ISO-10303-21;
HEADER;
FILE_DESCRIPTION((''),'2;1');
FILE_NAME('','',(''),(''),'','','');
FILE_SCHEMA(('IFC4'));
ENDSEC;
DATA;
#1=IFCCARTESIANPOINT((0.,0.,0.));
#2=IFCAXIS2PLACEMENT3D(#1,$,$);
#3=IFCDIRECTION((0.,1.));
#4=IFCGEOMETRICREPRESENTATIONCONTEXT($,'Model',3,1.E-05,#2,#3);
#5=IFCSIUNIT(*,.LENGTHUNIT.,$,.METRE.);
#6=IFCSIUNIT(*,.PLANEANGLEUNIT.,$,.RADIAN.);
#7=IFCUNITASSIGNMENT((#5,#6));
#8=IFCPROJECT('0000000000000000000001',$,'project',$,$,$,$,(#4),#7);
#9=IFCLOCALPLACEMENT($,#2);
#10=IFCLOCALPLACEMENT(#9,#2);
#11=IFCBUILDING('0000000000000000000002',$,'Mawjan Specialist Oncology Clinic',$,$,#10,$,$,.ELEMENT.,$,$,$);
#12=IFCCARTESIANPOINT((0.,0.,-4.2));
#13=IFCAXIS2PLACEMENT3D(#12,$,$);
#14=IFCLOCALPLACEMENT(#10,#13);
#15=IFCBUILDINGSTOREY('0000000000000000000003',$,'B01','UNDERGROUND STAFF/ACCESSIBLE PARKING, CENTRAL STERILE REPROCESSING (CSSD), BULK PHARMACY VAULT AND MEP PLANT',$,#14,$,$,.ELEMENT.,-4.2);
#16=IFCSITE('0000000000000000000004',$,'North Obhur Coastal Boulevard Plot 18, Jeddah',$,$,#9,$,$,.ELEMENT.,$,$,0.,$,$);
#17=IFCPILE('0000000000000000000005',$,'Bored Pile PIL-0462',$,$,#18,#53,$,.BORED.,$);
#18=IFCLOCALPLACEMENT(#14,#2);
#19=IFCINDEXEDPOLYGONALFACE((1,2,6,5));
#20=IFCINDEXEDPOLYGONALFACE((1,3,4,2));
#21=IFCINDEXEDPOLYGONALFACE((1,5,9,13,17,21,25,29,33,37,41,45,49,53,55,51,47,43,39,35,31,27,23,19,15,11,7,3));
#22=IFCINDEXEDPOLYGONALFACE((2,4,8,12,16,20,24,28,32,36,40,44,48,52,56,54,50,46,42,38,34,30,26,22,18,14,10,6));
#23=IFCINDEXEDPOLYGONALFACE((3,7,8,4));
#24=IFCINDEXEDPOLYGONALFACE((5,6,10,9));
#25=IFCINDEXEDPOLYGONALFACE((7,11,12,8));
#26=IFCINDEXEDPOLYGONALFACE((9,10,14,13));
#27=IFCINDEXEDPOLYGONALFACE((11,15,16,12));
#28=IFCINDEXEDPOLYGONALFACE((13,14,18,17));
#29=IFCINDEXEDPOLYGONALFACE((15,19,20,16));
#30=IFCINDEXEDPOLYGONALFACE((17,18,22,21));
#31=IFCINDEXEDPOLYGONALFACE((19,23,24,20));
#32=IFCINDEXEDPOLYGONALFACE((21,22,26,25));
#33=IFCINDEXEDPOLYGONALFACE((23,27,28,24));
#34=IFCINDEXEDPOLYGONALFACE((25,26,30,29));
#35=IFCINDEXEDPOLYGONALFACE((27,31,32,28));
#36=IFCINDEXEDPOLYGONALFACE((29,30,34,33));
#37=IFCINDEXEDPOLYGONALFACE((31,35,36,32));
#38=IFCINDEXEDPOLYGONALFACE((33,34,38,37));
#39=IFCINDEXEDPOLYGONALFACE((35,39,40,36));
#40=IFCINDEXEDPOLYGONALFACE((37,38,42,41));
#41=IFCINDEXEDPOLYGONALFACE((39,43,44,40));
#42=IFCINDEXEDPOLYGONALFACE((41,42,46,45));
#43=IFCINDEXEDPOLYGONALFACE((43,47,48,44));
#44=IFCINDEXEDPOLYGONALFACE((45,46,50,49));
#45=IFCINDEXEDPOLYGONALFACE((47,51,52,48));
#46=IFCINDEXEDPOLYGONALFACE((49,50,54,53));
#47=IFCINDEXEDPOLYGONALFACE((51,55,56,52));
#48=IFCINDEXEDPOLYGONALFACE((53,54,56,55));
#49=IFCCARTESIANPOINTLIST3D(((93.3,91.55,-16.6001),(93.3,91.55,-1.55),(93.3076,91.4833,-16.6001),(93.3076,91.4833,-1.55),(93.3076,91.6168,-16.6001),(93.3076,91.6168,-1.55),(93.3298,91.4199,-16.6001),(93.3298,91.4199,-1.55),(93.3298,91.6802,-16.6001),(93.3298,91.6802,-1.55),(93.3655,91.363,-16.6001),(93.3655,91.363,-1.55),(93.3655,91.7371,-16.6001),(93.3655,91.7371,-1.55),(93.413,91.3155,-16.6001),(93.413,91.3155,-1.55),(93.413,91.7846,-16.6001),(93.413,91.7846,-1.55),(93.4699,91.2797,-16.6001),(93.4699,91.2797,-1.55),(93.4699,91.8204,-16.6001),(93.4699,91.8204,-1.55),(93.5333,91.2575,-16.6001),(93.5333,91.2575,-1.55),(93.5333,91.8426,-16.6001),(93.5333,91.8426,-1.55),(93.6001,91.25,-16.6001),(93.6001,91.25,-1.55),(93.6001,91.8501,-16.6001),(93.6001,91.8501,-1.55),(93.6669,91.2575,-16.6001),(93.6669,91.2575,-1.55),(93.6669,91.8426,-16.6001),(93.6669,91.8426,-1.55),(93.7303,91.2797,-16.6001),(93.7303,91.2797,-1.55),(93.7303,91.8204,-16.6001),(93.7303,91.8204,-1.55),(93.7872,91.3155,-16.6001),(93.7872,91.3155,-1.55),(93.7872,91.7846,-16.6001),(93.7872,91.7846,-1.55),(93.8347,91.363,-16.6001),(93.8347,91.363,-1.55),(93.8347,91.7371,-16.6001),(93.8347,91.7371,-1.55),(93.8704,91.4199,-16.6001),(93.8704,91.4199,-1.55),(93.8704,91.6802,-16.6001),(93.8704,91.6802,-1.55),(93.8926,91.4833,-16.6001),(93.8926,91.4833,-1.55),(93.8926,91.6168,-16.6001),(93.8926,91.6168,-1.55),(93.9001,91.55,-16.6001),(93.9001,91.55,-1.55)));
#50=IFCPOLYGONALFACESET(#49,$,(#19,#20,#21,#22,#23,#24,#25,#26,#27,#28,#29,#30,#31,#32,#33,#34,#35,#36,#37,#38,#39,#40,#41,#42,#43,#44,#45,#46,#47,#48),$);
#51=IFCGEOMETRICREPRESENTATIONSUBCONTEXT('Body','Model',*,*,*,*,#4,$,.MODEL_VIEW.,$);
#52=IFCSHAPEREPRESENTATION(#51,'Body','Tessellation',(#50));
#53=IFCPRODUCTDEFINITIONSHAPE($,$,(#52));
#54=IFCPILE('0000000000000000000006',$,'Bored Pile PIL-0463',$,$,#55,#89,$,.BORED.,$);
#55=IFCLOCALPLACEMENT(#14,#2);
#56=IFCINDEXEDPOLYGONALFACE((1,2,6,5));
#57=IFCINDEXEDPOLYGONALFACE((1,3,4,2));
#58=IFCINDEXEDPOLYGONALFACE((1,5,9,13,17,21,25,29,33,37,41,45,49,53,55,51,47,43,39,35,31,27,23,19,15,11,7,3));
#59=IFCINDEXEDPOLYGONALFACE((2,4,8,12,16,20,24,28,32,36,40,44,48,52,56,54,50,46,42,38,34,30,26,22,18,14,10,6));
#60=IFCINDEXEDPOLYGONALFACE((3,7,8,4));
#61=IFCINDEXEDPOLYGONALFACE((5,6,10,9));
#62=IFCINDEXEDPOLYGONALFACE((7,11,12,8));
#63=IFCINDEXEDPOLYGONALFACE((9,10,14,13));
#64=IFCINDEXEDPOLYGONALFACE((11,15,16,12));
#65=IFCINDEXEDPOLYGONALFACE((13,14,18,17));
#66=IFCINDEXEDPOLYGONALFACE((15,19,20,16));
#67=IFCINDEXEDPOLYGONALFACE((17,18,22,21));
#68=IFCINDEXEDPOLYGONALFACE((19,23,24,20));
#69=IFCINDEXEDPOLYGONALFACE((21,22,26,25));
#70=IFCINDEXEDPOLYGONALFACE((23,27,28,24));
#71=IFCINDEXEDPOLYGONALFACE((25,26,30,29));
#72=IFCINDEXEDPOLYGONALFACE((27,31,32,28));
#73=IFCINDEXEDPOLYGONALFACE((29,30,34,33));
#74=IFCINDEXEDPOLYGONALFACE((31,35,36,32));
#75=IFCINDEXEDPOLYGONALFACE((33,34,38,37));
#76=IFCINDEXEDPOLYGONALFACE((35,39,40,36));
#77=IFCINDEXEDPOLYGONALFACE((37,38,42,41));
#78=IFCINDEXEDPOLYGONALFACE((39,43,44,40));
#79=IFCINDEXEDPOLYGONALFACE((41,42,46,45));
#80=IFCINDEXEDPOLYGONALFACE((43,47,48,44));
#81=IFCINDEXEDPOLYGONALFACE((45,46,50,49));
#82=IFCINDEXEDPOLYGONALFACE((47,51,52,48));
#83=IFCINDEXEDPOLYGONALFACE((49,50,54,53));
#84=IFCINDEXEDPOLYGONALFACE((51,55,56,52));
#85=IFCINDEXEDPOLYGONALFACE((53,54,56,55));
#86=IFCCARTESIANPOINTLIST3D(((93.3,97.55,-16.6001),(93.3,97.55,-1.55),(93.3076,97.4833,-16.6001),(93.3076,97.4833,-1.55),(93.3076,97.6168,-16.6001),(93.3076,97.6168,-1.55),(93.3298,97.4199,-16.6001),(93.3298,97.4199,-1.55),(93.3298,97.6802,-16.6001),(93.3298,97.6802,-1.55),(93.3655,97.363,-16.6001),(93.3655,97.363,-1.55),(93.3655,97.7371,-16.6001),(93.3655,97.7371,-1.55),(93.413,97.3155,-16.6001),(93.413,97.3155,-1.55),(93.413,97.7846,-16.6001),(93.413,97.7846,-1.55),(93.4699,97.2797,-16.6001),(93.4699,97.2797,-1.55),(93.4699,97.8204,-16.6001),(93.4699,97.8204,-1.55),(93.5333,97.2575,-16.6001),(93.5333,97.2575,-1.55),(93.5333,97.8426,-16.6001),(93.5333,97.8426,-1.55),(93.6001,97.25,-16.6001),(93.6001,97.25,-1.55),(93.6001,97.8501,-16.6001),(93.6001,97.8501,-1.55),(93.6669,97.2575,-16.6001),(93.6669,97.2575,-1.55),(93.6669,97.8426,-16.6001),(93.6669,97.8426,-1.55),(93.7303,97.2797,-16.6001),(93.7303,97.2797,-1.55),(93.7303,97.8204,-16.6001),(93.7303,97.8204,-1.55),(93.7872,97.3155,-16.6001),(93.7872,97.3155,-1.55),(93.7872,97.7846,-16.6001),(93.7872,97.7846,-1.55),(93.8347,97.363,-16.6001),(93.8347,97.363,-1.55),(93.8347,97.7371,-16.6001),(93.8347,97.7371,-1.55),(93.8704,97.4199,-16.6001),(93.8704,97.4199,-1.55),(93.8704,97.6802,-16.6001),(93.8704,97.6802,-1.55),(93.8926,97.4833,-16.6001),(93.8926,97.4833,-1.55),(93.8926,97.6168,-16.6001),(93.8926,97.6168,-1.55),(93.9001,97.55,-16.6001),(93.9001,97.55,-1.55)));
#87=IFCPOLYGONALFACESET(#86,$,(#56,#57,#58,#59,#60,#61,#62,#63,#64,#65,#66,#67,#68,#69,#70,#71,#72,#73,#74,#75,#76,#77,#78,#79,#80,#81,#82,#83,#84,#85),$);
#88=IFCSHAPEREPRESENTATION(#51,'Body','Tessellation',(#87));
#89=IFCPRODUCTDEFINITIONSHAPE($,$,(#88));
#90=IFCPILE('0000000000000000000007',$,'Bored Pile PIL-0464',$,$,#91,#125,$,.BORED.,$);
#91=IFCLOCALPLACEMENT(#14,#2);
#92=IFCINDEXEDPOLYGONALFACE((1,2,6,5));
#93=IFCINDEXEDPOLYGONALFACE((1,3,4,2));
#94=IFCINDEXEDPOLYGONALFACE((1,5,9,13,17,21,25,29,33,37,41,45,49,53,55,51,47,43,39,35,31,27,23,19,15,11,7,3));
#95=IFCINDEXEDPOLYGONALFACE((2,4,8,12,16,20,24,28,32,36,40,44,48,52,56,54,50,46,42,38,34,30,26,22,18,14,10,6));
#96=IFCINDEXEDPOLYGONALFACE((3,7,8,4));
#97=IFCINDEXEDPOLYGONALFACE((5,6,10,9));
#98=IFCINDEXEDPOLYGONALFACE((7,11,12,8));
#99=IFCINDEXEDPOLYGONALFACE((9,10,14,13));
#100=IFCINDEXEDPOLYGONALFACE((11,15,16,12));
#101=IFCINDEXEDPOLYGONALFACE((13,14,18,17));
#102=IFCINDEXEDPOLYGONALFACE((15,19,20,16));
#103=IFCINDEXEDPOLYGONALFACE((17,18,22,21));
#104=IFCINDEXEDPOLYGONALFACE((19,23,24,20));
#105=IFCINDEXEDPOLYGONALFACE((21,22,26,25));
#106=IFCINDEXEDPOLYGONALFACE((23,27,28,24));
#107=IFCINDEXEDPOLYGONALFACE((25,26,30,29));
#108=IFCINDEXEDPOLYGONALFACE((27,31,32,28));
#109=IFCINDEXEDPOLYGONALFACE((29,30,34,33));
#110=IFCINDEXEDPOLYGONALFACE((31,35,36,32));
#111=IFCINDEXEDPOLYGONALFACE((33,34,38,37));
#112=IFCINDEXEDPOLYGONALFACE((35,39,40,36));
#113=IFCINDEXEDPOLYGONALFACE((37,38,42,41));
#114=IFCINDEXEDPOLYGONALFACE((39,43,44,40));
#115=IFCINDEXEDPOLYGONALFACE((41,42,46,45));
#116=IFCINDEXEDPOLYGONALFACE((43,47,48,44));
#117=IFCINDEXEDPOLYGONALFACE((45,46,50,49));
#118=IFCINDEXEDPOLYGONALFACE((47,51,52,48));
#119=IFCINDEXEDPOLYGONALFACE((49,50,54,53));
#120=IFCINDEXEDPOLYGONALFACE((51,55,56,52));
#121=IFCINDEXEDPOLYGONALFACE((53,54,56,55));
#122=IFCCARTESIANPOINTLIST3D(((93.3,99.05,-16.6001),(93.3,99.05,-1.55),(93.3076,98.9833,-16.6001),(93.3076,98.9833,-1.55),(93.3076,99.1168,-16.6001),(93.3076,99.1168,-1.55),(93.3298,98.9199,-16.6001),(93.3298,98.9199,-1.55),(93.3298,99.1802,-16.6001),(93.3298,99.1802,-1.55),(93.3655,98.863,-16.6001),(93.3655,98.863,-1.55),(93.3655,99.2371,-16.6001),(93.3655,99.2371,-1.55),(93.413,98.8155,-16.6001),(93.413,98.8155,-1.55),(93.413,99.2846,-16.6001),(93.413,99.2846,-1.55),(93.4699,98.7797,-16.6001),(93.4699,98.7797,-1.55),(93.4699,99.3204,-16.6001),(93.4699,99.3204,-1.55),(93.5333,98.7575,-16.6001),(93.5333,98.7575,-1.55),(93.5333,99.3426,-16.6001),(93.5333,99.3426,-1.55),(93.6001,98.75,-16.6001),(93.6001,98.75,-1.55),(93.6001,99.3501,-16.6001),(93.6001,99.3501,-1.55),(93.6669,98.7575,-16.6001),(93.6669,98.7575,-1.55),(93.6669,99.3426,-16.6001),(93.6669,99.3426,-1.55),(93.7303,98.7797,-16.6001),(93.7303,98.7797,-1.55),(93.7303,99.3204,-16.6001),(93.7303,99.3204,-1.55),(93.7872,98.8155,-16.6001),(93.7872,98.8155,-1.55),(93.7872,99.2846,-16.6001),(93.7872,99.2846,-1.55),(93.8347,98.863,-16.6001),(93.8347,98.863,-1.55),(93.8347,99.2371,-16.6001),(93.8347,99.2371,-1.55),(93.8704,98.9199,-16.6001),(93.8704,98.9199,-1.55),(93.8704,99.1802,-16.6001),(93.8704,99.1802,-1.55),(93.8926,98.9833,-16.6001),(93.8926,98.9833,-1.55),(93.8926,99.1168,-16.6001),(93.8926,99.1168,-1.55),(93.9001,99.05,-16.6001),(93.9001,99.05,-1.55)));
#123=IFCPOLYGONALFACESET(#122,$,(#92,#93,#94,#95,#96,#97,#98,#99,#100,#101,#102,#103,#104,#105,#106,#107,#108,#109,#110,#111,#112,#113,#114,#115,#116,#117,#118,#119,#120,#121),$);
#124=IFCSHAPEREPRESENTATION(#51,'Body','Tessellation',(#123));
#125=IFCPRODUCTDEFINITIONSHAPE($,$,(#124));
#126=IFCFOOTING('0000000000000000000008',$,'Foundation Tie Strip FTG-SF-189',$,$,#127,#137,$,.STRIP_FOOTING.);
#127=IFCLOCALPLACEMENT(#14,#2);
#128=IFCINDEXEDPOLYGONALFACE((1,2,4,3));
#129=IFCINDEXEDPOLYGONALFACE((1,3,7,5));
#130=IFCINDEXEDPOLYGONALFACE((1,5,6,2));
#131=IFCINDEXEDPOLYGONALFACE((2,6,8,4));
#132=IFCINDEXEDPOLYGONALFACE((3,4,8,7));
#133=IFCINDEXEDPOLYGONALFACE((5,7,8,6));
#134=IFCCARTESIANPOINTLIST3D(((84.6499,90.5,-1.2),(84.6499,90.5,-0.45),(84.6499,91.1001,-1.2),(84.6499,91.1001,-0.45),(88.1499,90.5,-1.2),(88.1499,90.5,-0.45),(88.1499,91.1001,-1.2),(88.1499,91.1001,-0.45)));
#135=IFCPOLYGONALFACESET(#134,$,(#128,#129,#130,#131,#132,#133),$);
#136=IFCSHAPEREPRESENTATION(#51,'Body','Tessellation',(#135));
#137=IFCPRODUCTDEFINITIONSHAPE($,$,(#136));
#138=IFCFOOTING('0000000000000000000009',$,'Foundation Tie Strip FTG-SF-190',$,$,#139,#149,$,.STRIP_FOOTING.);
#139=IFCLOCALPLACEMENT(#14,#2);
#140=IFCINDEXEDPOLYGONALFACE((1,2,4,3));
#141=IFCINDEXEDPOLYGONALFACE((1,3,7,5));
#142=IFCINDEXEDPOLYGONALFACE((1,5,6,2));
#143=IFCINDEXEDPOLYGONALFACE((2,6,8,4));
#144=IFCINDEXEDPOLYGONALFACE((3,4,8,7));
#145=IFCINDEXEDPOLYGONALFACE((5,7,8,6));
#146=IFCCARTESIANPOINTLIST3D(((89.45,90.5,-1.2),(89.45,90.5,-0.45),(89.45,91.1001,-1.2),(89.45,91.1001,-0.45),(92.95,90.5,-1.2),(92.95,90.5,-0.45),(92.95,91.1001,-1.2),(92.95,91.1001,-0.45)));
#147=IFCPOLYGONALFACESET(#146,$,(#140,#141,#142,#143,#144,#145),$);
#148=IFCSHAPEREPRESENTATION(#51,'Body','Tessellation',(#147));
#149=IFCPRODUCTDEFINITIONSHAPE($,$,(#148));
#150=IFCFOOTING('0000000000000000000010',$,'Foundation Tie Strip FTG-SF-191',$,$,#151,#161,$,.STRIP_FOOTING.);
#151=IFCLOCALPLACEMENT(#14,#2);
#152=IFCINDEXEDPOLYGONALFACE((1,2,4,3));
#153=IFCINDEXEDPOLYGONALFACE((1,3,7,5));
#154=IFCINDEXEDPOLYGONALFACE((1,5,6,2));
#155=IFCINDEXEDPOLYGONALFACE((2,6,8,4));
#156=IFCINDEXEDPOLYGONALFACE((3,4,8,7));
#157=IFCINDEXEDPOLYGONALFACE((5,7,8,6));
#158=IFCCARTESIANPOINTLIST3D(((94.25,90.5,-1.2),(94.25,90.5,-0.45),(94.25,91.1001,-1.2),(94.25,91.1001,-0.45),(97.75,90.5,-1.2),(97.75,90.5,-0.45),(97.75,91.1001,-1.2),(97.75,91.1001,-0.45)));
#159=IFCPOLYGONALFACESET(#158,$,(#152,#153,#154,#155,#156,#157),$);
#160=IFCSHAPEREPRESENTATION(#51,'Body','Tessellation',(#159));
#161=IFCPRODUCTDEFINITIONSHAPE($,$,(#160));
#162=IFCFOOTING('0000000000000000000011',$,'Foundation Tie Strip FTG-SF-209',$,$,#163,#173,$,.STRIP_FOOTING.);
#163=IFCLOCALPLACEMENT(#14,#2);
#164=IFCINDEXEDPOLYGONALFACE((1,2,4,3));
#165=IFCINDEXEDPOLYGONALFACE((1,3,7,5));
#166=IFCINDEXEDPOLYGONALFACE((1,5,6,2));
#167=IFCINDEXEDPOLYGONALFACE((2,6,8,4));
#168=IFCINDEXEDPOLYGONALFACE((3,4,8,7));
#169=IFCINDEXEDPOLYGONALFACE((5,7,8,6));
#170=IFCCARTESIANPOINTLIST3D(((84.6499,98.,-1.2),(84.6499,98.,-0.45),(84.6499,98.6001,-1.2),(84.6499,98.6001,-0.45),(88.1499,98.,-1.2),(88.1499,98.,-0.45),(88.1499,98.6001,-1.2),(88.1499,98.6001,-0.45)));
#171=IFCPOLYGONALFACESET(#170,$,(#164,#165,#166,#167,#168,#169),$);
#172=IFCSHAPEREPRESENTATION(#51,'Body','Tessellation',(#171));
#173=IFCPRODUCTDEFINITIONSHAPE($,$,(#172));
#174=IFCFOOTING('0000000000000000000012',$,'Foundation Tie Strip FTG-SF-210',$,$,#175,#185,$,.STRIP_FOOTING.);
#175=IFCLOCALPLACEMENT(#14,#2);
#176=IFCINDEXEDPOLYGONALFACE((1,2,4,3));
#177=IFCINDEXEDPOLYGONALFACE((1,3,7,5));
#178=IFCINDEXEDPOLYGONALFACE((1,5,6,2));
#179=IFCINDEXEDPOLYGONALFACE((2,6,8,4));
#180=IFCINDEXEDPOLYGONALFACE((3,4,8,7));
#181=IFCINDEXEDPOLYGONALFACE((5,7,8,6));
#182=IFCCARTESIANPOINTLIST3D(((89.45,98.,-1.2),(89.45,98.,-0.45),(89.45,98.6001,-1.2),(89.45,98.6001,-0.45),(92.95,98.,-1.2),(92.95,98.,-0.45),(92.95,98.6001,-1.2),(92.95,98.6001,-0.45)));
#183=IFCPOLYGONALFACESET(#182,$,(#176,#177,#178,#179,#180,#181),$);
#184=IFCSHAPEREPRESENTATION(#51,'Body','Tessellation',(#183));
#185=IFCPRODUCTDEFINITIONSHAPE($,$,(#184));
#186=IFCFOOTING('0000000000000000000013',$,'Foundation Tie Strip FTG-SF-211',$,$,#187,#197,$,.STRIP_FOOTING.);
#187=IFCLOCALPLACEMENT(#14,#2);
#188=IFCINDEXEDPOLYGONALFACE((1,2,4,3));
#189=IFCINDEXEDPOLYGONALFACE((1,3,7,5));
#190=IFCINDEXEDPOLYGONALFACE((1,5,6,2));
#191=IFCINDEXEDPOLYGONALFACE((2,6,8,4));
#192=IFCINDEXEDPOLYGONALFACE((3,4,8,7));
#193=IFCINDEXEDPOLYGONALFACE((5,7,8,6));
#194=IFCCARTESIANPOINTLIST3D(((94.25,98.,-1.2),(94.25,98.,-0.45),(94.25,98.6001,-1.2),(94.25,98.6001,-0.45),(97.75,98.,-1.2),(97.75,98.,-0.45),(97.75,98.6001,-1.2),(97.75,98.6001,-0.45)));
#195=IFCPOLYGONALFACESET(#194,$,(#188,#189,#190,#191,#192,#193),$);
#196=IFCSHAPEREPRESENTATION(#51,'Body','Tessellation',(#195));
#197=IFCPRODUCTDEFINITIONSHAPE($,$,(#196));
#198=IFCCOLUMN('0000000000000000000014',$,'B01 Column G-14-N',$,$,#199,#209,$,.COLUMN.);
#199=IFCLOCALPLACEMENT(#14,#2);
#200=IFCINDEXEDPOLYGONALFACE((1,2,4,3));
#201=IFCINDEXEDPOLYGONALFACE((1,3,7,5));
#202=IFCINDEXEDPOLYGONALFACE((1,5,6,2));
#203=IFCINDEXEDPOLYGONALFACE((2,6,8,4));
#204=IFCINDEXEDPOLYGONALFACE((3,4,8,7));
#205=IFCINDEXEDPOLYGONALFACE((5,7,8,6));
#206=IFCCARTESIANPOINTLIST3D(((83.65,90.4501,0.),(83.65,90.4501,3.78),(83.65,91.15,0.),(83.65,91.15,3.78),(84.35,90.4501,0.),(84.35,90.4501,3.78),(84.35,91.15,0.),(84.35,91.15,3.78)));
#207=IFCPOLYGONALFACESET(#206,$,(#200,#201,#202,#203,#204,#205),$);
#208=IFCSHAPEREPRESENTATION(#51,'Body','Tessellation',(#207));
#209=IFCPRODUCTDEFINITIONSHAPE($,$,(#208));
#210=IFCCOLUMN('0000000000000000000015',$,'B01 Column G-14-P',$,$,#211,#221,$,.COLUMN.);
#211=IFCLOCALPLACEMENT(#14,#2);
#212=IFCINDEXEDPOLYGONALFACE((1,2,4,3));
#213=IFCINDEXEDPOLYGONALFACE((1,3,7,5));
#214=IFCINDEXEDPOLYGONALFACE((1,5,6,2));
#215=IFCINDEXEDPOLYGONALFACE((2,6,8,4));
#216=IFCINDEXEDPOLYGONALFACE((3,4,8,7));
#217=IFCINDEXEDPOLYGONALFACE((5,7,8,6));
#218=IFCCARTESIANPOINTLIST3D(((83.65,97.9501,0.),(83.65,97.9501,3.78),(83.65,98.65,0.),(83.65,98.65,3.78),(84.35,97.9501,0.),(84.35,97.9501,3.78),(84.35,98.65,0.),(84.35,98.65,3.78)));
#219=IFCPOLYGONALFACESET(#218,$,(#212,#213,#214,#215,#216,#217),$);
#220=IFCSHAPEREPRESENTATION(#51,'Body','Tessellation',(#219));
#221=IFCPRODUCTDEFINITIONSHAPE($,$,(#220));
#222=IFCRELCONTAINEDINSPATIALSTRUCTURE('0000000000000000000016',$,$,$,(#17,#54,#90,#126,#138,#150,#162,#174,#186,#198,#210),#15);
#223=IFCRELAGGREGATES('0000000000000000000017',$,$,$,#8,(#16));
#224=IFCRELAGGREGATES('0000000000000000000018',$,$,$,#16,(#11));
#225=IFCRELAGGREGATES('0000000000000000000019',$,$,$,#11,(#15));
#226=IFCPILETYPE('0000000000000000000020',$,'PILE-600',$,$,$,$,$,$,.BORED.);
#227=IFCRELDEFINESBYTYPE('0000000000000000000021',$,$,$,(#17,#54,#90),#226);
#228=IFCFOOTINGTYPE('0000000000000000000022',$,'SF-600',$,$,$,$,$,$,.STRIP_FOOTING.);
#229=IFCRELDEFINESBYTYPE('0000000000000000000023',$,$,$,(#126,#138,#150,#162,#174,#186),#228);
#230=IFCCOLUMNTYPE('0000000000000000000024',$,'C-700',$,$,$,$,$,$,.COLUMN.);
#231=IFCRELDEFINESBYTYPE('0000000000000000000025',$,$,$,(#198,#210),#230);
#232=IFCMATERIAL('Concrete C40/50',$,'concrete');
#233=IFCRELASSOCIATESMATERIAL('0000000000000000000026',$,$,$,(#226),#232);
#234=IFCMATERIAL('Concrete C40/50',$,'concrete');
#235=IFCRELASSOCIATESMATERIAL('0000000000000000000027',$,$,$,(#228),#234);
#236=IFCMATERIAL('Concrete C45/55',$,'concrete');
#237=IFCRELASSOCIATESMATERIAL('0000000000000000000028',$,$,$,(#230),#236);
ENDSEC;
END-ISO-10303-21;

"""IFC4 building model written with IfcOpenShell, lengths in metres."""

from ifc_helpers import new_model, si_unit, direction, frame, origin, origin_2d, place, context, subcontext, project, spatial, rectangle, circle, extrude, material, material_profile, profile_set, type_object, element, save


model = new_model("IFC4")

# Units and contexts
model_context = context("Model", 3, precision=1e-05, world=origin(), true_north=direction((0.0, 1.0)))
body_context = subcontext(model_context, "Body", "Model", "MODEL_VIEW")
ifc_project = project(units=[si_unit("LENGTHUNIT", "METRE"), si_unit("PLANEANGLEUNIT", "RADIAN")], contexts=[model_context])

# Site, building, storey
site_placement = place(None, origin())
site = spatial("IfcSite", under=ifc_project, at=site_placement, Name="North Obhur Coastal Boulevard Plot 18, Jeddah", CompositionType="ELEMENT", RefElevation=0.0)
building_placement = place(site_placement, origin())
building = spatial("IfcBuilding", under=site, at=building_placement, Name="Mawjan Specialist Oncology Clinic", CompositionType="ELEMENT")
storey_placement = place(building_placement, frame((0.0, 0.0, -4.2)))
storey = spatial("IfcBuildingStorey", under=building, at=storey_placement, Name="B01", Description="UNDERGROUND STAFF/ACCESSIBLE PARKING, CENTRAL STERILE REPROCESSING (CSSD), BULK PHARMACY VAULT AND MEP PLANT", CompositionType="ELEMENT", Elevation=-4.2)

# Piles
ifc_material_1 = material(Name="Concrete C40/50", Category="concrete")
ifc_material_profile_1 = material_profile(ifc_material_1, circle(Radius=0.3, at=origin_2d()), Name="BORED PILE D600", Category="concrete")
ifc_profile_set_1 = profile_set([ifc_material_profile_1], Name="Concrete C40/50")
pile_type = type_object("IfcPileType", Name="PILE-600", PredefinedType="BORED", material=ifc_profile_set_1)
for number, where, z_axis, x_axis, name in (
    (1, (93.6001, 91.55, -1.55), (0.0, 0.0, -1.0), (1.0, 0.0, 0.0), "Bored Pile PIL-0462"),
    (2, (93.6001, 97.55, -1.55), (0.0, 0.0, -1.0), (1.0, 0.0, 0.0), "Bored Pile PIL-0463"),
    (3, (93.6001, 99.05, -1.55), (0.0, 0.0, -1.0), (1.0, 0.0, 0.0), "Bored Pile PIL-0464"),
):
    element("IfcPile", number, at=place(storey_placement, frame(where, z_axis=z_axis, x_axis=x_axis)), inside=storey, type_object=pile_type, Name=name, PredefinedType="BORED", context=body_context, shape_type="SweptSolid", body=[
        extrude(circle(Radius=0.3, at=origin_2d()), origin(), (0.0, 0.0, 1.0), 15.05),
    ])

# Footings
ifc_material_2 = material(Name="Concrete C40/50", Category="concrete")
footing_type_1 = type_object("IfcFootingType", Name="SF-600", PredefinedType="STRIP_FOOTING", material=ifc_material_2)
for number, where, z_axis, x_axis, name in (
    (4, (86.3999, 90.8, -1.2), (0.0, 0.0, 1.0), (1.0, 0.0, 0.0), "Foundation Tie Strip FTG-SF-189"),
    (5, (91.2, 90.8, -1.2), (0.0, 0.0, 1.0), (1.0, 0.0, 0.0), "Foundation Tie Strip FTG-SF-190"),
    (6, (96.0, 90.8, -1.2), (0.0, 0.0, 1.0), (1.0, 0.0, 0.0), "Foundation Tie Strip FTG-SF-191"),
    (7, (86.3999, 98.3, -1.2), (0.0, 0.0, 1.0), (1.0, 0.0, 0.0), "Foundation Tie Strip FTG-SF-209"),
    (8, (91.2, 98.3, -1.2), (0.0, 0.0, 1.0), (1.0, 0.0, 0.0), "Foundation Tie Strip FTG-SF-210"),
    (9, (96.0, 98.3, -1.2), (0.0, 0.0, 1.0), (1.0, 0.0, 0.0), "Foundation Tie Strip FTG-SF-211"),
):
    element("IfcFooting", number, at=place(storey_placement, frame(where, z_axis=z_axis, x_axis=x_axis)), inside=storey, type_object=footing_type_1, Name=name, PredefinedType="STRIP_FOOTING", context=body_context, shape_type="SweptSolid", body=[
        extrude(rectangle(XDim=3.5, YDim=0.6001, at=origin_2d()), origin(), (0.0, 0.0, 1.0), 0.75),
    ])

# Columns
ifc_material_3 = material(Name="Concrete C45/55", Category="concrete")
ifc_material_profile_2 = material_profile(ifc_material_3, rectangle(XDim=0.7, YDim=0.7, at=origin_2d()), Name="RC COL 700x700", Category="concrete")
ifc_profile_set_2 = profile_set([ifc_material_profile_2], Name="Concrete C45/55")
column_type = type_object("IfcColumnType", Name="C-700", PredefinedType="COLUMN", material=ifc_profile_set_2)
for number, where, z_axis, x_axis, name in (
    (10, (84.0, 90.8, 0.0), (0.0, 0.0, 1.0), (1.0, 0.0, 0.0), "B01 Column G-14-N"),
    (11, (84.0, 98.3, 0.0), (0.0, 0.0, 1.0), (1.0, 0.0, 0.0), "B01 Column G-14-P"),
):
    element("IfcColumn", number, at=place(storey_placement, frame(where, z_axis=z_axis, x_axis=x_axis)), inside=storey, type_object=column_type, Name=name, PredefinedType="COLUMN", context=body_context, shape_type="SweptSolid", body=[
        extrude(rectangle(XDim=0.7, YDim=0.7, at=origin_2d()), origin(), (0.0, 0.0, 1.0), 3.78),
    ])

save(model, "model.ifc")
